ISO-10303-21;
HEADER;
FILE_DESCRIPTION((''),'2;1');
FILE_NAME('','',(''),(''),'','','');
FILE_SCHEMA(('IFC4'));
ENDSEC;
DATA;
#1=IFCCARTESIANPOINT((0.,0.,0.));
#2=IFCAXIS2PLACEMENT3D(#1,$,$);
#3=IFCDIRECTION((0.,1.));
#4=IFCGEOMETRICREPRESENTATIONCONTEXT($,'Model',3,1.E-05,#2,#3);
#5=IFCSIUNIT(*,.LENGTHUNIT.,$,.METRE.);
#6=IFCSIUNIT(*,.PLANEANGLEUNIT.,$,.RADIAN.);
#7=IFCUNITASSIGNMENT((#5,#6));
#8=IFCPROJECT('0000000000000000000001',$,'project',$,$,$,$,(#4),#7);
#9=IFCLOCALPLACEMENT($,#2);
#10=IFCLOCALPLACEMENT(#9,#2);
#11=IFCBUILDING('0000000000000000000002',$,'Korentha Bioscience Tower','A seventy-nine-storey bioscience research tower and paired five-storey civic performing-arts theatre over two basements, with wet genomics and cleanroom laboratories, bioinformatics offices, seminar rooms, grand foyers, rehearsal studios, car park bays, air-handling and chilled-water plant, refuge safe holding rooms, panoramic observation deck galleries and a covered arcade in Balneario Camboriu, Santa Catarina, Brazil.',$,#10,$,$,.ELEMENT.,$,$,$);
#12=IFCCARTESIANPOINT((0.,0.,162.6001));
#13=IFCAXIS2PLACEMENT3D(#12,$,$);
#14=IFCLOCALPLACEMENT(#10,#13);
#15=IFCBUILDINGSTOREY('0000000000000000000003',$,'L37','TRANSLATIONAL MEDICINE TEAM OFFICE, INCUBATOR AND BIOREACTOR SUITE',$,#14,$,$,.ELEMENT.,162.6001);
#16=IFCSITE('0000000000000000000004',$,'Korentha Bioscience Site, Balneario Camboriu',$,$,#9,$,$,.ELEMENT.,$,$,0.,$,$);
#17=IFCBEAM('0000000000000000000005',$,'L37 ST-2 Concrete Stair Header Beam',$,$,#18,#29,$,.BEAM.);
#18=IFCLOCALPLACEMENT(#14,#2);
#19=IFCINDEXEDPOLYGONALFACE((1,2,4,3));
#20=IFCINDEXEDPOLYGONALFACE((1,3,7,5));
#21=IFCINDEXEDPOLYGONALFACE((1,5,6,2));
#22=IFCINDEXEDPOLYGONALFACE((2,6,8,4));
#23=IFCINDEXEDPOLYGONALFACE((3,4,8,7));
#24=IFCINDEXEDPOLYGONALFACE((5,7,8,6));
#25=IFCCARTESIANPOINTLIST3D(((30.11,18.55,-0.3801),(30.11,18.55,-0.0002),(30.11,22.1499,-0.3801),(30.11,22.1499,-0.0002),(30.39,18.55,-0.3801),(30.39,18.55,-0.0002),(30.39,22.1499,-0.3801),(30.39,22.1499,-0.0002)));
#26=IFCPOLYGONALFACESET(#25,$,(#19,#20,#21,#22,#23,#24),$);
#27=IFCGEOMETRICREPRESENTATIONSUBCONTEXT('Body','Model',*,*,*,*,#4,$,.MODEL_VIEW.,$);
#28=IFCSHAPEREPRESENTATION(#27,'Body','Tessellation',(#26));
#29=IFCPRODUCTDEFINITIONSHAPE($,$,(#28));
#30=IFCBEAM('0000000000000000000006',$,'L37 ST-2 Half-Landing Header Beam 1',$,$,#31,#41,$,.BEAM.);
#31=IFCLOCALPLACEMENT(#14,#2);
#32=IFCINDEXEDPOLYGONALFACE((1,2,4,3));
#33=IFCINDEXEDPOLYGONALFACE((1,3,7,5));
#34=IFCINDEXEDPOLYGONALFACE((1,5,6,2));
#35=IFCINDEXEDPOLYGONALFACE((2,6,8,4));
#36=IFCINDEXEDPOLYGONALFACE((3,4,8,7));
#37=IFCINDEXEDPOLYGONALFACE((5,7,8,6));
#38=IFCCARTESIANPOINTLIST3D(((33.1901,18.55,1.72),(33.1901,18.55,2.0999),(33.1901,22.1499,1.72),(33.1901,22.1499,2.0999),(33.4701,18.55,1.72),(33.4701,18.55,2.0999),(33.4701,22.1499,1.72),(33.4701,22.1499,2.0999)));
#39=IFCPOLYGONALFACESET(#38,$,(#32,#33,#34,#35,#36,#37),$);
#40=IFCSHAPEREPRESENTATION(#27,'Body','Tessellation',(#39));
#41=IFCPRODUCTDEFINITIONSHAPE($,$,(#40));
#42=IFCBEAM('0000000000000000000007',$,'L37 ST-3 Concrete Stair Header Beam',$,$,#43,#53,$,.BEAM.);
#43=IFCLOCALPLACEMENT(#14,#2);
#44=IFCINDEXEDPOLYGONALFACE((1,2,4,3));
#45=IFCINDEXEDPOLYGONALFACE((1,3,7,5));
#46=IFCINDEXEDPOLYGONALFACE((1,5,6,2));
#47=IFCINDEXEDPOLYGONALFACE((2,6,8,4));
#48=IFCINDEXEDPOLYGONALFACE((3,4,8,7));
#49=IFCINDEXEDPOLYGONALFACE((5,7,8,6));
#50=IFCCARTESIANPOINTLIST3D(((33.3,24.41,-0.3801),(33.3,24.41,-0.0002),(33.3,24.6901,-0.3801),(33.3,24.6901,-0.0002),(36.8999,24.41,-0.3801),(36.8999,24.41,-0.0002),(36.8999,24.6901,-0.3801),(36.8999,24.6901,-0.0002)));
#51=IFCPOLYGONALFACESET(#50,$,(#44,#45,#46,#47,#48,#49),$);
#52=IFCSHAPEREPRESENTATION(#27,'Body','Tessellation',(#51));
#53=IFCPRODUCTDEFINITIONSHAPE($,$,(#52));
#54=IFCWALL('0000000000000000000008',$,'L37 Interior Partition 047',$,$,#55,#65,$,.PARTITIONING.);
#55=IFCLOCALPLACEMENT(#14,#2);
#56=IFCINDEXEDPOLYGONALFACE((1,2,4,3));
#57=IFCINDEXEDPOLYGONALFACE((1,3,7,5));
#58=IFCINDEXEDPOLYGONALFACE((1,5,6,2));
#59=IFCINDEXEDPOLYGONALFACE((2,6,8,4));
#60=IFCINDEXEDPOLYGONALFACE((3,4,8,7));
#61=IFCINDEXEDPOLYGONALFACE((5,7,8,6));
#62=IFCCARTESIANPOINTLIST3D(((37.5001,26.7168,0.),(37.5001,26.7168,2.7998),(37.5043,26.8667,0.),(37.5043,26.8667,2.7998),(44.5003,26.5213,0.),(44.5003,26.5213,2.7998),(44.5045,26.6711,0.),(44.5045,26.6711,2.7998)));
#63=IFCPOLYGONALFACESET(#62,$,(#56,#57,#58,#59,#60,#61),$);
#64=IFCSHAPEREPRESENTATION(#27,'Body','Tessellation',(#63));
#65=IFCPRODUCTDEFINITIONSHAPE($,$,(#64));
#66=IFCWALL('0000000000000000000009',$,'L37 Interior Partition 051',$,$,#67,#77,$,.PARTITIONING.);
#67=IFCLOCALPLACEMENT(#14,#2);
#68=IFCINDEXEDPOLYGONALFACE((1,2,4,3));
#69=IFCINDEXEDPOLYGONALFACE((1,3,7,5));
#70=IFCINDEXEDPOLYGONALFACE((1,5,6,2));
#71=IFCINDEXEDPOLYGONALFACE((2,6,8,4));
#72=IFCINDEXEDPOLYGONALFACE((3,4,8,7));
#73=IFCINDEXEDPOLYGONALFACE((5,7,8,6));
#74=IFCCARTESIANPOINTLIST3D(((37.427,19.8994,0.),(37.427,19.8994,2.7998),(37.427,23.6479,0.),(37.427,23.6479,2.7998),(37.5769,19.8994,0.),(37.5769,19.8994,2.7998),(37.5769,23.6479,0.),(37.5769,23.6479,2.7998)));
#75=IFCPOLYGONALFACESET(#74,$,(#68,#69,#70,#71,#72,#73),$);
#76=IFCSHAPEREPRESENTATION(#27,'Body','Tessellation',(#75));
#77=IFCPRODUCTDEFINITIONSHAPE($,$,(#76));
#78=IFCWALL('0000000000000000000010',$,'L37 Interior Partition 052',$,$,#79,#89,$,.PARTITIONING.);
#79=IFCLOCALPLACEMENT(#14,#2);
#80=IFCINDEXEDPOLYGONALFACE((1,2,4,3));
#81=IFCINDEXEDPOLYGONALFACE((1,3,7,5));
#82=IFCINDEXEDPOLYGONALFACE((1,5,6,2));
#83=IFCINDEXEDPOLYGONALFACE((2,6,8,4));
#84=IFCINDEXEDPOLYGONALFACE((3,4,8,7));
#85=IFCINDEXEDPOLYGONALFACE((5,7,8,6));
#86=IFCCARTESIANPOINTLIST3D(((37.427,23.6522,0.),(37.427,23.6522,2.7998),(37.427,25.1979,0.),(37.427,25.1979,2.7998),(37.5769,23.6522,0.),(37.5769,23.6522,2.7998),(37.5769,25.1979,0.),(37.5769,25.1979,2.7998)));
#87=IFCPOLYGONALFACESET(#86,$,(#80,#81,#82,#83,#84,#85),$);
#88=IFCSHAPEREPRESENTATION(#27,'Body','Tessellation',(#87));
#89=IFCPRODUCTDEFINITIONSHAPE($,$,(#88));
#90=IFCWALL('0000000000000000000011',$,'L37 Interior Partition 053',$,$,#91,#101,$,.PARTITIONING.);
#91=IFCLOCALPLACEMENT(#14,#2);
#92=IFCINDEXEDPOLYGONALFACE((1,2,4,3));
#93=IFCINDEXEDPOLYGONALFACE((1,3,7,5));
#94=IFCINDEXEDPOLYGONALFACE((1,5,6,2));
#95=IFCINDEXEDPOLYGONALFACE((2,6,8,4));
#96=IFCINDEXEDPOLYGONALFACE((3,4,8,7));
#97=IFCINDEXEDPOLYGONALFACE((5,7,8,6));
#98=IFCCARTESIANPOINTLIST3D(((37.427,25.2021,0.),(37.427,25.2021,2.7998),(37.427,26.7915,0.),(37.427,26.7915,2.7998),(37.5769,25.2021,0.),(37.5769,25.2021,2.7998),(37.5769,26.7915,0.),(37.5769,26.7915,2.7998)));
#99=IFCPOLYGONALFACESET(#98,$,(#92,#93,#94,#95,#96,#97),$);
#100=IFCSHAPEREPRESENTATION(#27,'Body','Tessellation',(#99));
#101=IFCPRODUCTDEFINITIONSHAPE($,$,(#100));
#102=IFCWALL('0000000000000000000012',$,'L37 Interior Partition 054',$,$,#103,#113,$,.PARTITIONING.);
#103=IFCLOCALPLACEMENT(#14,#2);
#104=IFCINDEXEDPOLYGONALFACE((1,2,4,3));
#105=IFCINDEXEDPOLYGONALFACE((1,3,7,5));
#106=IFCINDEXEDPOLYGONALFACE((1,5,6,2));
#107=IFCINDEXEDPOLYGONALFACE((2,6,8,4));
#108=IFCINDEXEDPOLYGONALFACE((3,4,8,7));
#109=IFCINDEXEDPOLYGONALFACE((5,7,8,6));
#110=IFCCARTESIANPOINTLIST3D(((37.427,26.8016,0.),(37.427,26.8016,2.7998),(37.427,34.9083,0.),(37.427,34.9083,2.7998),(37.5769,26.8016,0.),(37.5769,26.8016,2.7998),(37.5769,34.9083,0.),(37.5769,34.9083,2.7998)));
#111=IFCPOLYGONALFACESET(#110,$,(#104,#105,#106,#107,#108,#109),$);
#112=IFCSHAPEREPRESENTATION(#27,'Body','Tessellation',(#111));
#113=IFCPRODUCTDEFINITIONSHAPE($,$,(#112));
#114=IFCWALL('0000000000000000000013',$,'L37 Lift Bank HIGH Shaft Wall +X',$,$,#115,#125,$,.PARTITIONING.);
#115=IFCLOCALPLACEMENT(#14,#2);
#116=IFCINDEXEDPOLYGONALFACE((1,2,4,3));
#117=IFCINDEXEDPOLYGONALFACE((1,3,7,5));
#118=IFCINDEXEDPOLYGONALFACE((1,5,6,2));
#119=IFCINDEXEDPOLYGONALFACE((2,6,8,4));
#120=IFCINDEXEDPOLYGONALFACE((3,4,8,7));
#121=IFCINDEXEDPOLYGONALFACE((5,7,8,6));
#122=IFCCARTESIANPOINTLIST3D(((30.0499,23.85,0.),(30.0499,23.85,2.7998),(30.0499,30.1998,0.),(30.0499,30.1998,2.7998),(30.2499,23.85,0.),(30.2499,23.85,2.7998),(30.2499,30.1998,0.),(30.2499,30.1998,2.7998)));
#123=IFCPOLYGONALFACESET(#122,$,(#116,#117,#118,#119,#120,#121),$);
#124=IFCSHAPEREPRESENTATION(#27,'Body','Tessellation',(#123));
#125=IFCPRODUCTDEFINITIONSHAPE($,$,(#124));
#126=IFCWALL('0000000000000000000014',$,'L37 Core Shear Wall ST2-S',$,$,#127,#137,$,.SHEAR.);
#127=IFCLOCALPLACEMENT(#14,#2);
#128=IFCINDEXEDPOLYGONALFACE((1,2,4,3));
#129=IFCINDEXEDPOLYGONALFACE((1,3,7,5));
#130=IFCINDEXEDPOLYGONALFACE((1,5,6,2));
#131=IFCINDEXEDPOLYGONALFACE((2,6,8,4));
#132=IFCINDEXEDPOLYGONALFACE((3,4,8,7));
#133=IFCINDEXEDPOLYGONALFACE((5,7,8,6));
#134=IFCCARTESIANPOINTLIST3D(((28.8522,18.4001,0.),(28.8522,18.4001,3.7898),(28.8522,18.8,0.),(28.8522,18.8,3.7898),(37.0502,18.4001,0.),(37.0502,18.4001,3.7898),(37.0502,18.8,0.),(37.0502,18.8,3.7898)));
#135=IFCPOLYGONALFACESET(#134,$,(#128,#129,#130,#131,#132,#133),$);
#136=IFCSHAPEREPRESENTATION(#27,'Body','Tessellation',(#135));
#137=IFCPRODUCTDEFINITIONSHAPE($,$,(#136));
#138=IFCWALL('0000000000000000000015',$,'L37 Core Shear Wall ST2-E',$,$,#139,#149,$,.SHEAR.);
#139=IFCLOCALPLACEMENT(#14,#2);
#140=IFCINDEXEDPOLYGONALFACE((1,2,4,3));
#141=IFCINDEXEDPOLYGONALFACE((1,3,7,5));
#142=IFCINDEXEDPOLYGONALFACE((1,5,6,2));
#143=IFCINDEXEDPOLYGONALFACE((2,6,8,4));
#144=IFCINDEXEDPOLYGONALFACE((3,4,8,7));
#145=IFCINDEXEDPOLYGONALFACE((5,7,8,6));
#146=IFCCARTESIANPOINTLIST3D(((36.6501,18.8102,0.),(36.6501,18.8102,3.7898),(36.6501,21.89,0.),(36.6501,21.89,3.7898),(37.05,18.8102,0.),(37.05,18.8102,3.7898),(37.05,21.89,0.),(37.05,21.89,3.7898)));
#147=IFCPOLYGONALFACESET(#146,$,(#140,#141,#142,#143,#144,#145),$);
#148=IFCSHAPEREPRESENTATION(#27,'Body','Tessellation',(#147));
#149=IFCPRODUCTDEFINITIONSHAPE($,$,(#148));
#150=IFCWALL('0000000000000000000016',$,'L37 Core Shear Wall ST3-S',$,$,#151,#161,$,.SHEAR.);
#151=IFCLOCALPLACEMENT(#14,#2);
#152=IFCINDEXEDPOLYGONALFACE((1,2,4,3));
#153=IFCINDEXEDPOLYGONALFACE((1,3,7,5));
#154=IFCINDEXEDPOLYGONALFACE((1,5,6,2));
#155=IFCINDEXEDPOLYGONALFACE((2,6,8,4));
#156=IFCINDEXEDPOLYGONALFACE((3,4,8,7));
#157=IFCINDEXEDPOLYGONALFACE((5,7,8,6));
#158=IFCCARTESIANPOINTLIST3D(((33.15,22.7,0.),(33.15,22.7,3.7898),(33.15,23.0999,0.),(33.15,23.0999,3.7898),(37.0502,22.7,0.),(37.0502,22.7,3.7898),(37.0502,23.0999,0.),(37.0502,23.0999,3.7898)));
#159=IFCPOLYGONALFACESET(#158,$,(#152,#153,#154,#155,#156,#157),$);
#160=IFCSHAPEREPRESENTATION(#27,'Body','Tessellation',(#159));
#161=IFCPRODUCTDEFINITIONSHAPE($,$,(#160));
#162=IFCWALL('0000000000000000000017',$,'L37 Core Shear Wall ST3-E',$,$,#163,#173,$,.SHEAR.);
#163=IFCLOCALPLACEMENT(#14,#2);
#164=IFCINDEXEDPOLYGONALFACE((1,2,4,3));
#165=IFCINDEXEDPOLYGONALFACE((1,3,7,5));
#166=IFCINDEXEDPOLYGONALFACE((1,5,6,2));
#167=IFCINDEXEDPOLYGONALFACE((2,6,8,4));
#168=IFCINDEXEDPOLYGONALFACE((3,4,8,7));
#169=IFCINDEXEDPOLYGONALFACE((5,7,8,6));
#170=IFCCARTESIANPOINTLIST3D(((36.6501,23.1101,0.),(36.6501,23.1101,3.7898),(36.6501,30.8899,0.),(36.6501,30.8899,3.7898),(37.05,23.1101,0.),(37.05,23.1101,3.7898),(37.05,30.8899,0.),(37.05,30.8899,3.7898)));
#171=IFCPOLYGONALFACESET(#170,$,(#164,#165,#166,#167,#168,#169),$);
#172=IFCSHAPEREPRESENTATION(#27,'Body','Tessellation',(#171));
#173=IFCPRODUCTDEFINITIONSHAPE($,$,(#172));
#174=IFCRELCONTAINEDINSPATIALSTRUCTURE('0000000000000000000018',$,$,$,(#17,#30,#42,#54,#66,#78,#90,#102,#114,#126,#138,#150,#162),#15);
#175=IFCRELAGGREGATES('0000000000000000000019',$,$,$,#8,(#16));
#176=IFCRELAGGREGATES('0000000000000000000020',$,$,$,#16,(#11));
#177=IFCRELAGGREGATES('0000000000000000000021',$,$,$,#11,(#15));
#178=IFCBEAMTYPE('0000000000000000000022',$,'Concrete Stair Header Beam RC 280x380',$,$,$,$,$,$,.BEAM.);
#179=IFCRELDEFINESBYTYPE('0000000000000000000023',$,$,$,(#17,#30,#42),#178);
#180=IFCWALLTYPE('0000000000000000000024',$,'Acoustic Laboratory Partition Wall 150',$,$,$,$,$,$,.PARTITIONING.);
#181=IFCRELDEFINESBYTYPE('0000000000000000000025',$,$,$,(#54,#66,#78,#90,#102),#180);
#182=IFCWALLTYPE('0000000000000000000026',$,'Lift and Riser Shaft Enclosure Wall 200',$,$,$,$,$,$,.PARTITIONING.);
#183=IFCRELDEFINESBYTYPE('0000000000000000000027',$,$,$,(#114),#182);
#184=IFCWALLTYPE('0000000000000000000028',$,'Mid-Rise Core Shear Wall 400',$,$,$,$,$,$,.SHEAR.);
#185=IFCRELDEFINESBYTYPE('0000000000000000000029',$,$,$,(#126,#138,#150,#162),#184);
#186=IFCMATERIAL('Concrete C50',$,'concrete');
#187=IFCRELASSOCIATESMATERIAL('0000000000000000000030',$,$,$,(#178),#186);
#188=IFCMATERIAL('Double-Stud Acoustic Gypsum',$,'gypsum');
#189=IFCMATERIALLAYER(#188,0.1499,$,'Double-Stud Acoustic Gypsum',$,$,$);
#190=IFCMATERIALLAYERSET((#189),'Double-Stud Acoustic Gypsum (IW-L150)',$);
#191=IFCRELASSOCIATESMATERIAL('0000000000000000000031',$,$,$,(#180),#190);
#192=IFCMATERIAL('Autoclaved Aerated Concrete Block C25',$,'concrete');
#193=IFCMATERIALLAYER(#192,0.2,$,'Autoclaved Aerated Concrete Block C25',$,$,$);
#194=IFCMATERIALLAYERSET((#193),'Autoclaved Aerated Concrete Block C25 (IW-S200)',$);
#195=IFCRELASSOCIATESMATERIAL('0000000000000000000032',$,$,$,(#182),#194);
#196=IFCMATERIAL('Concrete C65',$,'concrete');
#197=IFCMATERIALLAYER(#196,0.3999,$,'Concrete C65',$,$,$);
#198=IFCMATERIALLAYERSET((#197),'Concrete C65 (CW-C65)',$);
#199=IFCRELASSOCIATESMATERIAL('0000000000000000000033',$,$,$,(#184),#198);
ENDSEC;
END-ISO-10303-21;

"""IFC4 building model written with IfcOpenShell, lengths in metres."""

from ifc_helpers import new_model, si_unit, direction, frame, frame_2d, origin, origin_2d, place, context, subcontext, project, spatial, rectangle, extrude, material, layer, layer_set, material_profile, profile_set, type_object, element, save


model = new_model("IFC4")

# Units and contexts
model_context = context("Model", 3, precision=1e-05, world=origin(), true_north=direction((0.0, 1.0)))
body_context = subcontext(model_context, "Body", "Model", "MODEL_VIEW")
ifc_project = project(units=[si_unit("LENGTHUNIT", "METRE"), si_unit("PLANEANGLEUNIT", "RADIAN")], contexts=[model_context])

# Site, building, storey
site_placement = place(None, origin())
site = spatial("IfcSite", under=ifc_project, at=site_placement, Name="Korentha Bioscience Site, Balneario Camboriu", CompositionType="ELEMENT", RefElevation=0.0)
building_placement = place(site_placement, origin())
building = spatial("IfcBuilding", under=site, at=building_placement, Name="Korentha Bioscience Tower", Description="A seventy-nine-storey bioscience research tower and paired five-storey civic performing-arts theatre over two basements, with wet genomics and cleanroom laboratories, bioinformatics offices, seminar rooms, grand foyers, rehearsal studios, car park bays, air-handling and chilled-water plant, refuge safe holding rooms, panoramic observation deck galleries and a covered arcade in Balneario Camboriu, Santa Catarina, Brazil.", CompositionType="ELEMENT")
storey_placement = place(building_placement, frame((0.0, 0.0, 162.6001)))
storey = spatial("IfcBuildingStorey", under=building, at=storey_placement, Name="L37", Description="TRANSLATIONAL MEDICINE TEAM OFFICE, INCUBATOR AND BIOREACTOR SUITE", CompositionType="ELEMENT", Elevation=162.6001)

# Beams
ifc_material_1 = material(Name="Concrete C50", Category="concrete")
ifc_material_profile = material_profile(ifc_material_1, rectangle(XDim=0.28, YDim=0.3799, at=origin_2d()), Name="Concrete C50")
ifc_profile_set = profile_set([ifc_material_profile], Name="Concrete C50 (ST-HB380)")
beam_type = type_object("IfcBeamType", Name="Concrete Stair Header Beam RC 280x380", PredefinedType="BEAM", material=ifc_profile_set)
for number, where, z_axis, x_axis, name in (
    (1, (30.25, 18.55, -0.1902), (0.0, 1.0, 0.0), (-1.0, 0.0, 0.0), "L37 ST-2 Concrete Stair Header Beam"),
    (2, (33.3301, 18.55, 1.9099), (0.0, 1.0, 0.0), (-1.0, 0.0, 0.0), "L37 ST-2 Half-Landing Header Beam 1"),
    (3, (36.8999, 24.55, -0.1902), (-1.0, 0.0, 0.0), (0.0, -1.0, 0.0), "L37 ST-3 Concrete Stair Header Beam"),
):
    element("IfcBeam", number, at=place(storey_placement, frame(where, z_axis=z_axis, x_axis=x_axis)), inside=storey, type_object=beam_type, Name=name, PredefinedType="BEAM", context=body_context, shape_type="SweptSolid", body=[
        extrude(rectangle(XDim=0.28, YDim=0.3799, at=origin_2d()), origin(), (0.0, 0.0, 1.0), 3.5999),
    ])

# Walls
ifc_material_2 = material(Name="Double-Stud Acoustic Gypsum", Category="gypsum")
ifc_layer_1 = layer(ifc_material_2, 0.1499, Name="Double-Stud Acoustic Gypsum")
ifc_layer_set_1 = layer_set([ifc_layer_1], Name="Double-Stud Acoustic Gypsum (IW-L150)")
wall_type_1 = type_object("IfcWallType", Name="Acoustic Laboratory Partition Wall 150", PredefinedType="PARTITIONING", material=ifc_layer_set_1)
wall_1_placement = place(storey_placement, frame((37.5022, 26.7917, 0.0), z_axis=(0.0, 0.0, 1.0), x_axis=(0.99961, -0.027925, 0.0)))
element("IfcWall", 4, at=wall_1_placement, inside=storey, type_object=wall_type_1, Name="L37 Interior Partition 047", PredefinedType="PARTITIONING", context=body_context, shape_type="SweptSolid", body=[
    extrude(rectangle(XDim=7.0029, YDim=0.1499, at=frame_2d((3.5015, 0.0))), origin(), (0.0, 0.0, 1.0), 2.7998),
])
wall_2_placement = place(storey_placement, frame((37.502, 19.8994, 0.0), z_axis=(0.0, 0.0, 1.0), x_axis=(0.0, 1.0, 0.0)))
element("IfcWall", 5, at=wall_2_placement, inside=storey, type_object=wall_type_1, Name="L37 Interior Partition 051", PredefinedType="PARTITIONING", context=body_context, shape_type="SweptSolid", body=[
    extrude(rectangle(XDim=3.7485, YDim=0.1499, at=frame_2d((1.8743, 0.0))), origin(), (0.0, 0.0, 1.0), 2.7998),
])
wall_3_placement = place(storey_placement, frame((37.502, 23.6521, 0.0), z_axis=(0.0, 0.0, 1.0), x_axis=(0.0, 1.0, 0.0)))
element("IfcWall", 6, at=wall_3_placement, inside=storey, type_object=wall_type_1, Name="L37 Interior Partition 052", PredefinedType="PARTITIONING", context=body_context, shape_type="SweptSolid", body=[
    extrude(rectangle(XDim=1.5457, YDim=0.1499, at=frame_2d((0.7729, 0.0))), origin(), (0.0, 0.0, 1.0), 2.7998),
])
wall_4_placement = place(storey_placement, frame((37.502, 25.2021, 0.0), z_axis=(0.0, 0.0, 1.0), x_axis=(0.0, 1.0, 0.0)))
element("IfcWall", 7, at=wall_4_placement, inside=storey, type_object=wall_type_1, Name="L37 Interior Partition 053", PredefinedType="PARTITIONING", context=body_context, shape_type="SweptSolid", body=[
    extrude(rectangle(XDim=1.5894, YDim=0.1499, at=frame_2d((0.7947, 0.0))), origin(), (0.0, 0.0, 1.0), 2.7998),
])
wall_5_placement = place(storey_placement, frame((37.502, 26.8018, 0.0), z_axis=(0.0, 0.0, 1.0), x_axis=(0.0, 1.0, 0.0)))
element("IfcWall", 8, at=wall_5_placement, inside=storey, type_object=wall_type_1, Name="L37 Interior Partition 054", PredefinedType="PARTITIONING", context=body_context, shape_type="SweptSolid", body=[
    extrude(rectangle(XDim=8.1067, YDim=0.1499, at=frame_2d((4.0532, 0.0))), origin(), (0.0, 0.0, 1.0), 2.7998),
])
ifc_material_3 = material(Name="Autoclaved Aerated Concrete Block C25", Category="concrete")
ifc_layer_2 = layer(ifc_material_3, 0.2, Name="Autoclaved Aerated Concrete Block C25")
ifc_layer_set_2 = layer_set([ifc_layer_2], Name="Autoclaved Aerated Concrete Block C25 (IW-S200)")
wall_type_2 = type_object("IfcWallType", Name="Lift and Riser Shaft Enclosure Wall 200", PredefinedType="PARTITIONING", material=ifc_layer_set_2)
wall_6_placement = place(storey_placement, frame((30.1499, 23.8501, 0.0), z_axis=(0.0, 0.0, 1.0), x_axis=(0.0, 1.0, 0.0)))
element("IfcWall", 9, at=wall_6_placement, inside=storey, type_object=wall_type_2, Name="L37 Lift Bank HIGH Shaft Wall +X", PredefinedType="PARTITIONING", context=body_context, shape_type="SweptSolid", body=[
    extrude(rectangle(XDim=6.3499, YDim=0.2, at=frame_2d((3.1748, 0.0))), origin(), (0.0, 0.0, 1.0), 2.7998),
])
ifc_material_4 = material(Name="Concrete C65", Category="concrete")
ifc_layer_3 = layer(ifc_material_4, 0.3999, Name="Concrete C65")
ifc_layer_set_3 = layer_set([ifc_layer_3], Name="Concrete C65 (CW-C65)")
wall_type_3 = type_object("IfcWallType", Name="Mid-Rise Core Shear Wall 400", PredefinedType="SHEAR", material=ifc_layer_set_3)
wall_7_placement = place(storey_placement, frame((28.8521, 18.6001, 0.0), z_axis=(0.0, 0.0, 1.0), x_axis=(1.0, 0.0, 0.0)))
element("IfcWall", 10, at=wall_7_placement, inside=storey, type_object=wall_type_3, Name="L37 Core Shear Wall ST2-S", PredefinedType="SHEAR", context=body_context, shape_type="SweptSolid", body=[
    extrude(rectangle(XDim=8.198, YDim=0.3999, at=frame_2d((4.0991, 0.0))), origin(), (0.0, 0.0, 1.0), 3.7898),
])
wall_8_placement = place(storey_placement, frame((36.8501, 18.8101, 0.0), z_axis=(0.0, 0.0, 1.0), x_axis=(0.0, 1.0, 0.0)))
element("IfcWall", 11, at=wall_8_placement, inside=storey, type_object=wall_type_3, Name="L37 Core Shear Wall ST2-E", PredefinedType="SHEAR", context=body_context, shape_type="SweptSolid", body=[
    extrude(rectangle(XDim=3.0798, YDim=0.3999, at=frame_2d((1.54, 0.0))), origin(), (0.0, 0.0, 1.0), 3.7898),
])
wall_9_placement = place(storey_placement, frame((33.1499, 22.8999, 0.0), z_axis=(0.0, 0.0, 1.0), x_axis=(1.0, 0.0, 0.0)))
element("IfcWall", 12, at=wall_9_placement, inside=storey, type_object=wall_type_3, Name="L37 Core Shear Wall ST3-S", PredefinedType="SHEAR", context=body_context, shape_type="SweptSolid", body=[
    extrude(rectangle(XDim=3.9001, YDim=0.3999, at=frame_2d((1.9502, 0.0))), origin(), (0.0, 0.0, 1.0), 3.7898),
])
wall_10_placement = place(storey_placement, frame((36.8501, 23.1101, 0.0), z_axis=(0.0, 0.0, 1.0), x_axis=(0.0, 1.0, 0.0)))
element("IfcWall", 13, at=wall_10_placement, inside=storey, type_object=wall_type_3, Name="L37 Core Shear Wall ST3-E", PredefinedType="SHEAR", context=body_context, shape_type="SweptSolid", body=[
    extrude(rectangle(XDim=7.7798, YDim=0.3999, at=frame_2d((3.8899, 0.0))), origin(), (0.0, 0.0, 1.0), 3.7898),
])

save(model, "model.ifc")
